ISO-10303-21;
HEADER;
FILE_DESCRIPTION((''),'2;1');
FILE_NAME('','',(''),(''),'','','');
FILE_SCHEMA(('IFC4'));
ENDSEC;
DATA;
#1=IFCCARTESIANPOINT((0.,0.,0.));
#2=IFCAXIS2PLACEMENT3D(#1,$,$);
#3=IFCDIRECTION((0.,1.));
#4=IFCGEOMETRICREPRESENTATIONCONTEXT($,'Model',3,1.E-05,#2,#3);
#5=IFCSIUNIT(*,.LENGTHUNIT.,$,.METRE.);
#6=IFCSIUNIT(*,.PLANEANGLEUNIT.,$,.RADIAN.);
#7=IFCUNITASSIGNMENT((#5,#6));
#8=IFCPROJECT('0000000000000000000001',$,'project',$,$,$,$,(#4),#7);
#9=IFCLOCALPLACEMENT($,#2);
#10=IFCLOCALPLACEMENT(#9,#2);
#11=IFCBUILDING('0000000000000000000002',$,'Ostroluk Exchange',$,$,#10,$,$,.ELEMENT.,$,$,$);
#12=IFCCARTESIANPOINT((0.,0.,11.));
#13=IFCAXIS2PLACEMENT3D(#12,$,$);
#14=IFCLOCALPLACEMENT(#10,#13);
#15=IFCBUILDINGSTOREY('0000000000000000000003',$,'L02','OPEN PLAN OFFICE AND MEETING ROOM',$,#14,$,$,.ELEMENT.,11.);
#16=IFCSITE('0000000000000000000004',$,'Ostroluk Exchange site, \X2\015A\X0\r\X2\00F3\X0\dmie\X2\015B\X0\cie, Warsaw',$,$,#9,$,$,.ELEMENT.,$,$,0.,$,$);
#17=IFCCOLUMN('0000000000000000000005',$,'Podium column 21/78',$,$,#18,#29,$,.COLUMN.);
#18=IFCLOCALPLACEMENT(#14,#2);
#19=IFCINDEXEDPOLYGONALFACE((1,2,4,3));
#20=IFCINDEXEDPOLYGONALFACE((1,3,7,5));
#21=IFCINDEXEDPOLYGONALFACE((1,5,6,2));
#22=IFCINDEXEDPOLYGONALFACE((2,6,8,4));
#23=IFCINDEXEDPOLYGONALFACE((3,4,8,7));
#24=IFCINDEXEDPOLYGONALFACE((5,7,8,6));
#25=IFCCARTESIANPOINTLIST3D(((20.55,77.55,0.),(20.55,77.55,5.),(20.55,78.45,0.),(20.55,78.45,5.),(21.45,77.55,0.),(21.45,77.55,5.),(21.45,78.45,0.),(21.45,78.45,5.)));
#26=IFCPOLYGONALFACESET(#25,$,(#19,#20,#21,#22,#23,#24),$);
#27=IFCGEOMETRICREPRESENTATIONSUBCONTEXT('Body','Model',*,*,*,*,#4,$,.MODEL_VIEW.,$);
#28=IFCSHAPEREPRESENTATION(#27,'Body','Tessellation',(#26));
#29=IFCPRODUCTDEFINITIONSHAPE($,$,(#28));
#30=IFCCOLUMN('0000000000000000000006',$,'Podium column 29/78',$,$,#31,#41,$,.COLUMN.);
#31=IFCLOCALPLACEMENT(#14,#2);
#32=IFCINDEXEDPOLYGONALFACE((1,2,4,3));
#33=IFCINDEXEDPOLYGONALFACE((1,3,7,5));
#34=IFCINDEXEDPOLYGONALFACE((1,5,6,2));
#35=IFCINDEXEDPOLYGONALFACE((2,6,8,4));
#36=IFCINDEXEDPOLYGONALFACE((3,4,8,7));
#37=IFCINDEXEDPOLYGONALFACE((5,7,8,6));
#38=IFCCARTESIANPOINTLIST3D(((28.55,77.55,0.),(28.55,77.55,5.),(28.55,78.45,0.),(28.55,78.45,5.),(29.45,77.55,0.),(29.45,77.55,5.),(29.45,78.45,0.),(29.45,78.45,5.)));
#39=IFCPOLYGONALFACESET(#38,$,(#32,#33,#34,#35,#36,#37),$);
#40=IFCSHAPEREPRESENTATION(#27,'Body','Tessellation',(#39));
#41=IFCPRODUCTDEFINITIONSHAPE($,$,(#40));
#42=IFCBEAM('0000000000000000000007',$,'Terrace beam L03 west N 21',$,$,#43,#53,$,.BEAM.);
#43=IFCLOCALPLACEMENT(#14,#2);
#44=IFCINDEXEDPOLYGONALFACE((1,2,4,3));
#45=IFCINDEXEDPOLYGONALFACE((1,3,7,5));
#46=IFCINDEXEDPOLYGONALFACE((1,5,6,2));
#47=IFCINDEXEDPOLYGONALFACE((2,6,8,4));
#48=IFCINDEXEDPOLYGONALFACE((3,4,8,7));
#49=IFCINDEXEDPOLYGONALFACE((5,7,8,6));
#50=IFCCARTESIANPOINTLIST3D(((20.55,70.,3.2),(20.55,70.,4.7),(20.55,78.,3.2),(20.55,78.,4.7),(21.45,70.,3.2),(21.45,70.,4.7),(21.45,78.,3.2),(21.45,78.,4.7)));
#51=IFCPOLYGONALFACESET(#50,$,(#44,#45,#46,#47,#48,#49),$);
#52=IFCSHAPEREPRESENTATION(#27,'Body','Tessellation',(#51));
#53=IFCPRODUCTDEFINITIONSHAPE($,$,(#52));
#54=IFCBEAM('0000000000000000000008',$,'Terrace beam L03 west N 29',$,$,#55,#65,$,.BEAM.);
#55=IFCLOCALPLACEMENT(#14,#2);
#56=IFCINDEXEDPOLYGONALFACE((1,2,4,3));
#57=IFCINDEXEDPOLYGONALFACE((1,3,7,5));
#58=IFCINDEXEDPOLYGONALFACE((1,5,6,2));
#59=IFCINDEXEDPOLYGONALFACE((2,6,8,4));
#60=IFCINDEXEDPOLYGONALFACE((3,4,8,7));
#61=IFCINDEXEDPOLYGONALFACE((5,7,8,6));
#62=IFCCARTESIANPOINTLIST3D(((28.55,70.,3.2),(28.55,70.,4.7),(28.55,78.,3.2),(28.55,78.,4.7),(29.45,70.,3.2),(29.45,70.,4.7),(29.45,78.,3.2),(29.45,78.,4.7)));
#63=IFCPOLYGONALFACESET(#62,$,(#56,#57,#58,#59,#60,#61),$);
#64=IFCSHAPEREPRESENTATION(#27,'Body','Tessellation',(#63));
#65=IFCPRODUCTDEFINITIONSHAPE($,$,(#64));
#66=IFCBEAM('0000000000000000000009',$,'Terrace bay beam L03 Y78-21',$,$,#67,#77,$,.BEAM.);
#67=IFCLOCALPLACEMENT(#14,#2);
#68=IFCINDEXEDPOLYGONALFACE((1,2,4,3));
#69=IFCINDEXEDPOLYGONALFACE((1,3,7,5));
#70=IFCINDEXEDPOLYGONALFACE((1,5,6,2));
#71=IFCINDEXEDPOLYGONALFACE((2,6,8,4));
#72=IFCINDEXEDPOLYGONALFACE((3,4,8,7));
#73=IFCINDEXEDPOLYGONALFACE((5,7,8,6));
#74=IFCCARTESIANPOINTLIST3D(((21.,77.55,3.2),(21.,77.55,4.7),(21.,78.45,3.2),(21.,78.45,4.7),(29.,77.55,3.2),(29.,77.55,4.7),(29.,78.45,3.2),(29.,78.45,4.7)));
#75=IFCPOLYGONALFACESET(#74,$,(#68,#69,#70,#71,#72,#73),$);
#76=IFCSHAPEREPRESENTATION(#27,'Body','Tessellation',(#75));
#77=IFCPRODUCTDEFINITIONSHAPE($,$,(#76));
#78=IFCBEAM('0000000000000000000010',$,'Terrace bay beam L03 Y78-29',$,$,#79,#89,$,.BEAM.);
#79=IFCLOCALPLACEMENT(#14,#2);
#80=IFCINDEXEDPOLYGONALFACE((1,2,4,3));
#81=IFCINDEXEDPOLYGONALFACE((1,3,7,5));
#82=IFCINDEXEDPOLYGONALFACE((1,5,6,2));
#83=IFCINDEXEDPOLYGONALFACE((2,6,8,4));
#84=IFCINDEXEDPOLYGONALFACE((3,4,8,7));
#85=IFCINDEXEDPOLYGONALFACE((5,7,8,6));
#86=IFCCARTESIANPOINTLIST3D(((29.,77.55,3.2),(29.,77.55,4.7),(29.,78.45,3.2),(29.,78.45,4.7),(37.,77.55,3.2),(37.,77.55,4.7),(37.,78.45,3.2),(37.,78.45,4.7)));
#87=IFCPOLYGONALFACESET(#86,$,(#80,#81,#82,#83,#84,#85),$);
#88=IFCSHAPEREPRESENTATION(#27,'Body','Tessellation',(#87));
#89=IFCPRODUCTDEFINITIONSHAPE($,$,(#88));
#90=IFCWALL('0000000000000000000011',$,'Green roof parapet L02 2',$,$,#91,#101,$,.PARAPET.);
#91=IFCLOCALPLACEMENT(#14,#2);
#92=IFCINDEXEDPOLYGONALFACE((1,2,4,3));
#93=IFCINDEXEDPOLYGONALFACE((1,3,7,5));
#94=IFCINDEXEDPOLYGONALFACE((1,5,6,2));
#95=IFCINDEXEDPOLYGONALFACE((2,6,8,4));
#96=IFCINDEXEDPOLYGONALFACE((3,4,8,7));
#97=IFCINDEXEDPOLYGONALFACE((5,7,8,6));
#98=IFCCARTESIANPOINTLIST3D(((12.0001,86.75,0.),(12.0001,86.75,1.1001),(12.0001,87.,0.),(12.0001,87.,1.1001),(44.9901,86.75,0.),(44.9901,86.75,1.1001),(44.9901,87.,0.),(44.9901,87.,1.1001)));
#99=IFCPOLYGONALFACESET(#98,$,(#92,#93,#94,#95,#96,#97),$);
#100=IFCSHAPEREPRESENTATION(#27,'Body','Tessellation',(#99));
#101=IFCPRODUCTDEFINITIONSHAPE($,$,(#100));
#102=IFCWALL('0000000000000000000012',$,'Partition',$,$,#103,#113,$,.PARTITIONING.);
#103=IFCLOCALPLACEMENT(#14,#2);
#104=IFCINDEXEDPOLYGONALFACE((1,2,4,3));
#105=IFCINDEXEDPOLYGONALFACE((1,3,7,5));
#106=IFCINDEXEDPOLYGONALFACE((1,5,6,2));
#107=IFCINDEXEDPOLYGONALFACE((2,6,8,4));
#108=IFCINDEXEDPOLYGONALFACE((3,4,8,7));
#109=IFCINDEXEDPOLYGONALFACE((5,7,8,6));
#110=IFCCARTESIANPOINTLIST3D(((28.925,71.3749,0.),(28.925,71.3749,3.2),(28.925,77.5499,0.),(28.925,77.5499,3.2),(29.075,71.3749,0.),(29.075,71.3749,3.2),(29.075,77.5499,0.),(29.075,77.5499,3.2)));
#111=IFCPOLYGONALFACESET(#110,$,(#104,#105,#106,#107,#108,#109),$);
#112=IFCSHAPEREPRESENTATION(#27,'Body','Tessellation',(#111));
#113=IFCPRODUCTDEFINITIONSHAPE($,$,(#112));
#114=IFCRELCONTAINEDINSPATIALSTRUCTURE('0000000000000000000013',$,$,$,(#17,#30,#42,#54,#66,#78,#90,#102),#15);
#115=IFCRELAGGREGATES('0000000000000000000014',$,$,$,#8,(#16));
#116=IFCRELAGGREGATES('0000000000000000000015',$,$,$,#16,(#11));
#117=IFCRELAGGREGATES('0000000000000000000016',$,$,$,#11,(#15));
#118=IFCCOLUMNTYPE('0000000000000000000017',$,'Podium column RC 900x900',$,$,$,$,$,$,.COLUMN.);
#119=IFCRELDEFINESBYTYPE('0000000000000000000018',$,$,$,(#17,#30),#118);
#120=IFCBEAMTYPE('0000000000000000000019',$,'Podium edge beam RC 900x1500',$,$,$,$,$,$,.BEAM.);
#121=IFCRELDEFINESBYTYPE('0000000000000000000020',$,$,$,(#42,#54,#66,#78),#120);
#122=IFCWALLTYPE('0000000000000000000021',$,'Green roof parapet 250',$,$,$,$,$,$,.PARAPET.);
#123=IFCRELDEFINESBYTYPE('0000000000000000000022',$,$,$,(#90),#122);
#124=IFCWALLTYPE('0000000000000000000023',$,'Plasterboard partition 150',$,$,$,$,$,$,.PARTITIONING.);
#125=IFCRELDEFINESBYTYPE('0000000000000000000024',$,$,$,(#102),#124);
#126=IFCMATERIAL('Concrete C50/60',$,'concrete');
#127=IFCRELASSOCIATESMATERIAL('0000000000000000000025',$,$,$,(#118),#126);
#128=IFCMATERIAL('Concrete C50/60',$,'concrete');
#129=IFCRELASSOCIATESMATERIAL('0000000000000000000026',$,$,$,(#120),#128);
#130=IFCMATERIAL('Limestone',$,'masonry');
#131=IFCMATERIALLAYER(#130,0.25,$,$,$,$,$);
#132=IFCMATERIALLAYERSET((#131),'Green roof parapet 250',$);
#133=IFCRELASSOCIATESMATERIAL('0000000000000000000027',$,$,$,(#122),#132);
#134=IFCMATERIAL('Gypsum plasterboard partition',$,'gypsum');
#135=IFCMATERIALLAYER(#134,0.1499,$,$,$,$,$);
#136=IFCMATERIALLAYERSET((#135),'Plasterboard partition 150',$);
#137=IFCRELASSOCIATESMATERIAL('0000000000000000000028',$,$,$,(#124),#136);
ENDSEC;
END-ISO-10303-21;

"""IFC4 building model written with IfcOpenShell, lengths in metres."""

from ifc_helpers import new_model, si_unit, direction, frame, frame_2d, origin, origin_2d, place, context, subcontext, project, spatial, rectangle, extrude, material, layer, layer_set, material_profile, profile_set, type_object, element, save


model = new_model("IFC4")

# Units and contexts
model_context = context("Model", 3, precision=1e-05, world=origin(), true_north=direction((0.0, 1.0)))
body_context = subcontext(model_context, "Body", "Model", "MODEL_VIEW")
ifc_project = project(units=[si_unit("LENGTHUNIT", "METRE"), si_unit("PLANEANGLEUNIT", "RADIAN")], contexts=[model_context])

# Site, building, storey
site_placement = place(None, origin())
site = spatial("IfcSite", under=ifc_project, at=site_placement, Name="Ostroluk Exchange site, Śródmieście, Warsaw", CompositionType="ELEMENT", RefElevation=0.0)
building_placement = place(site_placement, origin())
building = spatial("IfcBuilding", under=site, at=building_placement, Name="Ostroluk Exchange", CompositionType="ELEMENT")
storey_placement = place(building_placement, frame((0.0, 0.0, 11.0)))
storey = spatial("IfcBuildingStorey", under=building, at=storey_placement, Name="L02", Description="OPEN PLAN OFFICE AND MEETING ROOM", CompositionType="ELEMENT", Elevation=11.0)

# Columns
ifc_material_1 = material(Name="Concrete C50/60", Category="concrete")
ifc_material_profile_1 = material_profile(ifc_material_1, rectangle(XDim=0.8999, YDim=0.8999, at=origin_2d()), Name="RC 900x900")
ifc_profile_set_1 = profile_set([ifc_material_profile_1], Name="Concrete C50/60")
column_type = type_object("IfcColumnType", Name="Podium column RC 900x900", PredefinedType="COLUMN", material=ifc_profile_set_1)
for number, where, z_axis, x_axis, name in (
    (1, (21.0, 78.0, 0.0), (0.0, 0.0, 1.0), (1.0, 0.0, 0.0), "Podium column 21/78"),
    (2, (29.0, 78.0, 0.0), (0.0, 0.0, 1.0), (1.0, 0.0, 0.0), "Podium column 29/78"),
):
    element("IfcColumn", number, at=place(storey_placement, frame(where, z_axis=z_axis, x_axis=x_axis)), inside=storey, type_object=column_type, Name=name, PredefinedType="COLUMN", context=body_context, shape_type="SweptSolid", body=[
        extrude(rectangle(XDim=0.8999, YDim=0.8999, at=origin_2d()), origin(), (0.0, 0.0, 1.0), 5.0),
    ])

# Beams
ifc_material_2 = material(Name="Concrete C50/60", Category="concrete")
ifc_material_profile_2 = material_profile(ifc_material_2, rectangle(XDim=0.8999, YDim=1.5, at=origin_2d()), Name="RC 900x1500")
ifc_profile_set_2 = profile_set([ifc_material_profile_2], Name="Concrete C50/60")
beam_type = type_object("IfcBeamType", Name="Podium edge beam RC 900x1500", PredefinedType="BEAM", material=ifc_profile_set_2)
for number, where, z_axis, x_axis, name in (
    (3, (21.0, 78.0, 3.95), (0.0, -1.0, 0.0), (1.0, 0.0, 0.0), "Terrace beam L03 west N 21"),
    (4, (29.0, 78.0, 3.95), (0.0, -1.0, 0.0), (1.0, 0.0, 0.0), "Terrace beam L03 west N 29"),
    (5, (21.0, 78.0, 3.95), (1.0, 0.0, 0.0), (0.0, 1.0, 0.0), "Terrace bay beam L03 Y78-21"),
    (6, (29.0, 78.0, 3.95), (1.0, 0.0, 0.0), (0.0, 1.0, 0.0), "Terrace bay beam L03 Y78-29"),
):
    element("IfcBeam", number, at=place(storey_placement, frame(where, z_axis=z_axis, x_axis=x_axis)), inside=storey, type_object=beam_type, Name=name, PredefinedType="BEAM", context=body_context, shape_type="SweptSolid", body=[
        extrude(rectangle(XDim=0.8999, YDim=1.5, at=origin_2d()), origin(), (0.0, 0.0, 1.0), 8.0),
    ])

# Wall
ifc_material_3 = material(Name="Limestone", Category="masonry")
ifc_layer_1 = layer(ifc_material_3, 0.25)
ifc_layer_set_1 = layer_set([ifc_layer_1], Name="Green roof parapet 250")
wall_type_1 = type_object("IfcWallType", Name="Green roof parapet 250", PredefinedType="PARAPET", material=ifc_layer_set_1)
wall_1_placement = place(storey_placement, frame((12.0, 86.875, 0.0), z_axis=(0.0, 0.0, 1.0), x_axis=(1.0, 0.0, 0.0)))
element("IfcWall", 7, at=wall_1_placement, inside=storey, type_object=wall_type_1, Name="Green roof parapet L02 2", PredefinedType="PARAPET", context=body_context, shape_type="SweptSolid", body=[
    extrude(rectangle(XDim=32.99, YDim=0.25, at=frame_2d((16.4951, 0.0))), origin(), (0.0, 0.0, 1.0), 1.1001),
])

# Wall
ifc_material_4 = material(Name="Gypsum plasterboard partition", Category="gypsum")
ifc_layer_2 = layer(ifc_material_4, 0.1499)
ifc_layer_set_2 = layer_set([ifc_layer_2], Name="Plasterboard partition 150")
wall_type_2 = type_object("IfcWallType", Name="Plasterboard partition 150", PredefinedType="PARTITIONING", material=ifc_layer_set_2)
wall_2_placement = place(storey_placement, frame((29.0, 71.375, 0.0), z_axis=(0.0, 0.0, 1.0), x_axis=(0.0, 1.0, 0.0)))
element("IfcWall", 8, at=wall_2_placement, inside=storey, type_object=wall_type_2, Name="Partition", PredefinedType="PARTITIONING", context=body_context, shape_type="SweptSolid", body=[
    extrude(rectangle(XDim=6.175, YDim=0.1499, at=frame_2d((3.0874, 0.0))), origin(), (0.0, 0.0, 1.0), 3.2),
])

save(model, "model.ifc")
